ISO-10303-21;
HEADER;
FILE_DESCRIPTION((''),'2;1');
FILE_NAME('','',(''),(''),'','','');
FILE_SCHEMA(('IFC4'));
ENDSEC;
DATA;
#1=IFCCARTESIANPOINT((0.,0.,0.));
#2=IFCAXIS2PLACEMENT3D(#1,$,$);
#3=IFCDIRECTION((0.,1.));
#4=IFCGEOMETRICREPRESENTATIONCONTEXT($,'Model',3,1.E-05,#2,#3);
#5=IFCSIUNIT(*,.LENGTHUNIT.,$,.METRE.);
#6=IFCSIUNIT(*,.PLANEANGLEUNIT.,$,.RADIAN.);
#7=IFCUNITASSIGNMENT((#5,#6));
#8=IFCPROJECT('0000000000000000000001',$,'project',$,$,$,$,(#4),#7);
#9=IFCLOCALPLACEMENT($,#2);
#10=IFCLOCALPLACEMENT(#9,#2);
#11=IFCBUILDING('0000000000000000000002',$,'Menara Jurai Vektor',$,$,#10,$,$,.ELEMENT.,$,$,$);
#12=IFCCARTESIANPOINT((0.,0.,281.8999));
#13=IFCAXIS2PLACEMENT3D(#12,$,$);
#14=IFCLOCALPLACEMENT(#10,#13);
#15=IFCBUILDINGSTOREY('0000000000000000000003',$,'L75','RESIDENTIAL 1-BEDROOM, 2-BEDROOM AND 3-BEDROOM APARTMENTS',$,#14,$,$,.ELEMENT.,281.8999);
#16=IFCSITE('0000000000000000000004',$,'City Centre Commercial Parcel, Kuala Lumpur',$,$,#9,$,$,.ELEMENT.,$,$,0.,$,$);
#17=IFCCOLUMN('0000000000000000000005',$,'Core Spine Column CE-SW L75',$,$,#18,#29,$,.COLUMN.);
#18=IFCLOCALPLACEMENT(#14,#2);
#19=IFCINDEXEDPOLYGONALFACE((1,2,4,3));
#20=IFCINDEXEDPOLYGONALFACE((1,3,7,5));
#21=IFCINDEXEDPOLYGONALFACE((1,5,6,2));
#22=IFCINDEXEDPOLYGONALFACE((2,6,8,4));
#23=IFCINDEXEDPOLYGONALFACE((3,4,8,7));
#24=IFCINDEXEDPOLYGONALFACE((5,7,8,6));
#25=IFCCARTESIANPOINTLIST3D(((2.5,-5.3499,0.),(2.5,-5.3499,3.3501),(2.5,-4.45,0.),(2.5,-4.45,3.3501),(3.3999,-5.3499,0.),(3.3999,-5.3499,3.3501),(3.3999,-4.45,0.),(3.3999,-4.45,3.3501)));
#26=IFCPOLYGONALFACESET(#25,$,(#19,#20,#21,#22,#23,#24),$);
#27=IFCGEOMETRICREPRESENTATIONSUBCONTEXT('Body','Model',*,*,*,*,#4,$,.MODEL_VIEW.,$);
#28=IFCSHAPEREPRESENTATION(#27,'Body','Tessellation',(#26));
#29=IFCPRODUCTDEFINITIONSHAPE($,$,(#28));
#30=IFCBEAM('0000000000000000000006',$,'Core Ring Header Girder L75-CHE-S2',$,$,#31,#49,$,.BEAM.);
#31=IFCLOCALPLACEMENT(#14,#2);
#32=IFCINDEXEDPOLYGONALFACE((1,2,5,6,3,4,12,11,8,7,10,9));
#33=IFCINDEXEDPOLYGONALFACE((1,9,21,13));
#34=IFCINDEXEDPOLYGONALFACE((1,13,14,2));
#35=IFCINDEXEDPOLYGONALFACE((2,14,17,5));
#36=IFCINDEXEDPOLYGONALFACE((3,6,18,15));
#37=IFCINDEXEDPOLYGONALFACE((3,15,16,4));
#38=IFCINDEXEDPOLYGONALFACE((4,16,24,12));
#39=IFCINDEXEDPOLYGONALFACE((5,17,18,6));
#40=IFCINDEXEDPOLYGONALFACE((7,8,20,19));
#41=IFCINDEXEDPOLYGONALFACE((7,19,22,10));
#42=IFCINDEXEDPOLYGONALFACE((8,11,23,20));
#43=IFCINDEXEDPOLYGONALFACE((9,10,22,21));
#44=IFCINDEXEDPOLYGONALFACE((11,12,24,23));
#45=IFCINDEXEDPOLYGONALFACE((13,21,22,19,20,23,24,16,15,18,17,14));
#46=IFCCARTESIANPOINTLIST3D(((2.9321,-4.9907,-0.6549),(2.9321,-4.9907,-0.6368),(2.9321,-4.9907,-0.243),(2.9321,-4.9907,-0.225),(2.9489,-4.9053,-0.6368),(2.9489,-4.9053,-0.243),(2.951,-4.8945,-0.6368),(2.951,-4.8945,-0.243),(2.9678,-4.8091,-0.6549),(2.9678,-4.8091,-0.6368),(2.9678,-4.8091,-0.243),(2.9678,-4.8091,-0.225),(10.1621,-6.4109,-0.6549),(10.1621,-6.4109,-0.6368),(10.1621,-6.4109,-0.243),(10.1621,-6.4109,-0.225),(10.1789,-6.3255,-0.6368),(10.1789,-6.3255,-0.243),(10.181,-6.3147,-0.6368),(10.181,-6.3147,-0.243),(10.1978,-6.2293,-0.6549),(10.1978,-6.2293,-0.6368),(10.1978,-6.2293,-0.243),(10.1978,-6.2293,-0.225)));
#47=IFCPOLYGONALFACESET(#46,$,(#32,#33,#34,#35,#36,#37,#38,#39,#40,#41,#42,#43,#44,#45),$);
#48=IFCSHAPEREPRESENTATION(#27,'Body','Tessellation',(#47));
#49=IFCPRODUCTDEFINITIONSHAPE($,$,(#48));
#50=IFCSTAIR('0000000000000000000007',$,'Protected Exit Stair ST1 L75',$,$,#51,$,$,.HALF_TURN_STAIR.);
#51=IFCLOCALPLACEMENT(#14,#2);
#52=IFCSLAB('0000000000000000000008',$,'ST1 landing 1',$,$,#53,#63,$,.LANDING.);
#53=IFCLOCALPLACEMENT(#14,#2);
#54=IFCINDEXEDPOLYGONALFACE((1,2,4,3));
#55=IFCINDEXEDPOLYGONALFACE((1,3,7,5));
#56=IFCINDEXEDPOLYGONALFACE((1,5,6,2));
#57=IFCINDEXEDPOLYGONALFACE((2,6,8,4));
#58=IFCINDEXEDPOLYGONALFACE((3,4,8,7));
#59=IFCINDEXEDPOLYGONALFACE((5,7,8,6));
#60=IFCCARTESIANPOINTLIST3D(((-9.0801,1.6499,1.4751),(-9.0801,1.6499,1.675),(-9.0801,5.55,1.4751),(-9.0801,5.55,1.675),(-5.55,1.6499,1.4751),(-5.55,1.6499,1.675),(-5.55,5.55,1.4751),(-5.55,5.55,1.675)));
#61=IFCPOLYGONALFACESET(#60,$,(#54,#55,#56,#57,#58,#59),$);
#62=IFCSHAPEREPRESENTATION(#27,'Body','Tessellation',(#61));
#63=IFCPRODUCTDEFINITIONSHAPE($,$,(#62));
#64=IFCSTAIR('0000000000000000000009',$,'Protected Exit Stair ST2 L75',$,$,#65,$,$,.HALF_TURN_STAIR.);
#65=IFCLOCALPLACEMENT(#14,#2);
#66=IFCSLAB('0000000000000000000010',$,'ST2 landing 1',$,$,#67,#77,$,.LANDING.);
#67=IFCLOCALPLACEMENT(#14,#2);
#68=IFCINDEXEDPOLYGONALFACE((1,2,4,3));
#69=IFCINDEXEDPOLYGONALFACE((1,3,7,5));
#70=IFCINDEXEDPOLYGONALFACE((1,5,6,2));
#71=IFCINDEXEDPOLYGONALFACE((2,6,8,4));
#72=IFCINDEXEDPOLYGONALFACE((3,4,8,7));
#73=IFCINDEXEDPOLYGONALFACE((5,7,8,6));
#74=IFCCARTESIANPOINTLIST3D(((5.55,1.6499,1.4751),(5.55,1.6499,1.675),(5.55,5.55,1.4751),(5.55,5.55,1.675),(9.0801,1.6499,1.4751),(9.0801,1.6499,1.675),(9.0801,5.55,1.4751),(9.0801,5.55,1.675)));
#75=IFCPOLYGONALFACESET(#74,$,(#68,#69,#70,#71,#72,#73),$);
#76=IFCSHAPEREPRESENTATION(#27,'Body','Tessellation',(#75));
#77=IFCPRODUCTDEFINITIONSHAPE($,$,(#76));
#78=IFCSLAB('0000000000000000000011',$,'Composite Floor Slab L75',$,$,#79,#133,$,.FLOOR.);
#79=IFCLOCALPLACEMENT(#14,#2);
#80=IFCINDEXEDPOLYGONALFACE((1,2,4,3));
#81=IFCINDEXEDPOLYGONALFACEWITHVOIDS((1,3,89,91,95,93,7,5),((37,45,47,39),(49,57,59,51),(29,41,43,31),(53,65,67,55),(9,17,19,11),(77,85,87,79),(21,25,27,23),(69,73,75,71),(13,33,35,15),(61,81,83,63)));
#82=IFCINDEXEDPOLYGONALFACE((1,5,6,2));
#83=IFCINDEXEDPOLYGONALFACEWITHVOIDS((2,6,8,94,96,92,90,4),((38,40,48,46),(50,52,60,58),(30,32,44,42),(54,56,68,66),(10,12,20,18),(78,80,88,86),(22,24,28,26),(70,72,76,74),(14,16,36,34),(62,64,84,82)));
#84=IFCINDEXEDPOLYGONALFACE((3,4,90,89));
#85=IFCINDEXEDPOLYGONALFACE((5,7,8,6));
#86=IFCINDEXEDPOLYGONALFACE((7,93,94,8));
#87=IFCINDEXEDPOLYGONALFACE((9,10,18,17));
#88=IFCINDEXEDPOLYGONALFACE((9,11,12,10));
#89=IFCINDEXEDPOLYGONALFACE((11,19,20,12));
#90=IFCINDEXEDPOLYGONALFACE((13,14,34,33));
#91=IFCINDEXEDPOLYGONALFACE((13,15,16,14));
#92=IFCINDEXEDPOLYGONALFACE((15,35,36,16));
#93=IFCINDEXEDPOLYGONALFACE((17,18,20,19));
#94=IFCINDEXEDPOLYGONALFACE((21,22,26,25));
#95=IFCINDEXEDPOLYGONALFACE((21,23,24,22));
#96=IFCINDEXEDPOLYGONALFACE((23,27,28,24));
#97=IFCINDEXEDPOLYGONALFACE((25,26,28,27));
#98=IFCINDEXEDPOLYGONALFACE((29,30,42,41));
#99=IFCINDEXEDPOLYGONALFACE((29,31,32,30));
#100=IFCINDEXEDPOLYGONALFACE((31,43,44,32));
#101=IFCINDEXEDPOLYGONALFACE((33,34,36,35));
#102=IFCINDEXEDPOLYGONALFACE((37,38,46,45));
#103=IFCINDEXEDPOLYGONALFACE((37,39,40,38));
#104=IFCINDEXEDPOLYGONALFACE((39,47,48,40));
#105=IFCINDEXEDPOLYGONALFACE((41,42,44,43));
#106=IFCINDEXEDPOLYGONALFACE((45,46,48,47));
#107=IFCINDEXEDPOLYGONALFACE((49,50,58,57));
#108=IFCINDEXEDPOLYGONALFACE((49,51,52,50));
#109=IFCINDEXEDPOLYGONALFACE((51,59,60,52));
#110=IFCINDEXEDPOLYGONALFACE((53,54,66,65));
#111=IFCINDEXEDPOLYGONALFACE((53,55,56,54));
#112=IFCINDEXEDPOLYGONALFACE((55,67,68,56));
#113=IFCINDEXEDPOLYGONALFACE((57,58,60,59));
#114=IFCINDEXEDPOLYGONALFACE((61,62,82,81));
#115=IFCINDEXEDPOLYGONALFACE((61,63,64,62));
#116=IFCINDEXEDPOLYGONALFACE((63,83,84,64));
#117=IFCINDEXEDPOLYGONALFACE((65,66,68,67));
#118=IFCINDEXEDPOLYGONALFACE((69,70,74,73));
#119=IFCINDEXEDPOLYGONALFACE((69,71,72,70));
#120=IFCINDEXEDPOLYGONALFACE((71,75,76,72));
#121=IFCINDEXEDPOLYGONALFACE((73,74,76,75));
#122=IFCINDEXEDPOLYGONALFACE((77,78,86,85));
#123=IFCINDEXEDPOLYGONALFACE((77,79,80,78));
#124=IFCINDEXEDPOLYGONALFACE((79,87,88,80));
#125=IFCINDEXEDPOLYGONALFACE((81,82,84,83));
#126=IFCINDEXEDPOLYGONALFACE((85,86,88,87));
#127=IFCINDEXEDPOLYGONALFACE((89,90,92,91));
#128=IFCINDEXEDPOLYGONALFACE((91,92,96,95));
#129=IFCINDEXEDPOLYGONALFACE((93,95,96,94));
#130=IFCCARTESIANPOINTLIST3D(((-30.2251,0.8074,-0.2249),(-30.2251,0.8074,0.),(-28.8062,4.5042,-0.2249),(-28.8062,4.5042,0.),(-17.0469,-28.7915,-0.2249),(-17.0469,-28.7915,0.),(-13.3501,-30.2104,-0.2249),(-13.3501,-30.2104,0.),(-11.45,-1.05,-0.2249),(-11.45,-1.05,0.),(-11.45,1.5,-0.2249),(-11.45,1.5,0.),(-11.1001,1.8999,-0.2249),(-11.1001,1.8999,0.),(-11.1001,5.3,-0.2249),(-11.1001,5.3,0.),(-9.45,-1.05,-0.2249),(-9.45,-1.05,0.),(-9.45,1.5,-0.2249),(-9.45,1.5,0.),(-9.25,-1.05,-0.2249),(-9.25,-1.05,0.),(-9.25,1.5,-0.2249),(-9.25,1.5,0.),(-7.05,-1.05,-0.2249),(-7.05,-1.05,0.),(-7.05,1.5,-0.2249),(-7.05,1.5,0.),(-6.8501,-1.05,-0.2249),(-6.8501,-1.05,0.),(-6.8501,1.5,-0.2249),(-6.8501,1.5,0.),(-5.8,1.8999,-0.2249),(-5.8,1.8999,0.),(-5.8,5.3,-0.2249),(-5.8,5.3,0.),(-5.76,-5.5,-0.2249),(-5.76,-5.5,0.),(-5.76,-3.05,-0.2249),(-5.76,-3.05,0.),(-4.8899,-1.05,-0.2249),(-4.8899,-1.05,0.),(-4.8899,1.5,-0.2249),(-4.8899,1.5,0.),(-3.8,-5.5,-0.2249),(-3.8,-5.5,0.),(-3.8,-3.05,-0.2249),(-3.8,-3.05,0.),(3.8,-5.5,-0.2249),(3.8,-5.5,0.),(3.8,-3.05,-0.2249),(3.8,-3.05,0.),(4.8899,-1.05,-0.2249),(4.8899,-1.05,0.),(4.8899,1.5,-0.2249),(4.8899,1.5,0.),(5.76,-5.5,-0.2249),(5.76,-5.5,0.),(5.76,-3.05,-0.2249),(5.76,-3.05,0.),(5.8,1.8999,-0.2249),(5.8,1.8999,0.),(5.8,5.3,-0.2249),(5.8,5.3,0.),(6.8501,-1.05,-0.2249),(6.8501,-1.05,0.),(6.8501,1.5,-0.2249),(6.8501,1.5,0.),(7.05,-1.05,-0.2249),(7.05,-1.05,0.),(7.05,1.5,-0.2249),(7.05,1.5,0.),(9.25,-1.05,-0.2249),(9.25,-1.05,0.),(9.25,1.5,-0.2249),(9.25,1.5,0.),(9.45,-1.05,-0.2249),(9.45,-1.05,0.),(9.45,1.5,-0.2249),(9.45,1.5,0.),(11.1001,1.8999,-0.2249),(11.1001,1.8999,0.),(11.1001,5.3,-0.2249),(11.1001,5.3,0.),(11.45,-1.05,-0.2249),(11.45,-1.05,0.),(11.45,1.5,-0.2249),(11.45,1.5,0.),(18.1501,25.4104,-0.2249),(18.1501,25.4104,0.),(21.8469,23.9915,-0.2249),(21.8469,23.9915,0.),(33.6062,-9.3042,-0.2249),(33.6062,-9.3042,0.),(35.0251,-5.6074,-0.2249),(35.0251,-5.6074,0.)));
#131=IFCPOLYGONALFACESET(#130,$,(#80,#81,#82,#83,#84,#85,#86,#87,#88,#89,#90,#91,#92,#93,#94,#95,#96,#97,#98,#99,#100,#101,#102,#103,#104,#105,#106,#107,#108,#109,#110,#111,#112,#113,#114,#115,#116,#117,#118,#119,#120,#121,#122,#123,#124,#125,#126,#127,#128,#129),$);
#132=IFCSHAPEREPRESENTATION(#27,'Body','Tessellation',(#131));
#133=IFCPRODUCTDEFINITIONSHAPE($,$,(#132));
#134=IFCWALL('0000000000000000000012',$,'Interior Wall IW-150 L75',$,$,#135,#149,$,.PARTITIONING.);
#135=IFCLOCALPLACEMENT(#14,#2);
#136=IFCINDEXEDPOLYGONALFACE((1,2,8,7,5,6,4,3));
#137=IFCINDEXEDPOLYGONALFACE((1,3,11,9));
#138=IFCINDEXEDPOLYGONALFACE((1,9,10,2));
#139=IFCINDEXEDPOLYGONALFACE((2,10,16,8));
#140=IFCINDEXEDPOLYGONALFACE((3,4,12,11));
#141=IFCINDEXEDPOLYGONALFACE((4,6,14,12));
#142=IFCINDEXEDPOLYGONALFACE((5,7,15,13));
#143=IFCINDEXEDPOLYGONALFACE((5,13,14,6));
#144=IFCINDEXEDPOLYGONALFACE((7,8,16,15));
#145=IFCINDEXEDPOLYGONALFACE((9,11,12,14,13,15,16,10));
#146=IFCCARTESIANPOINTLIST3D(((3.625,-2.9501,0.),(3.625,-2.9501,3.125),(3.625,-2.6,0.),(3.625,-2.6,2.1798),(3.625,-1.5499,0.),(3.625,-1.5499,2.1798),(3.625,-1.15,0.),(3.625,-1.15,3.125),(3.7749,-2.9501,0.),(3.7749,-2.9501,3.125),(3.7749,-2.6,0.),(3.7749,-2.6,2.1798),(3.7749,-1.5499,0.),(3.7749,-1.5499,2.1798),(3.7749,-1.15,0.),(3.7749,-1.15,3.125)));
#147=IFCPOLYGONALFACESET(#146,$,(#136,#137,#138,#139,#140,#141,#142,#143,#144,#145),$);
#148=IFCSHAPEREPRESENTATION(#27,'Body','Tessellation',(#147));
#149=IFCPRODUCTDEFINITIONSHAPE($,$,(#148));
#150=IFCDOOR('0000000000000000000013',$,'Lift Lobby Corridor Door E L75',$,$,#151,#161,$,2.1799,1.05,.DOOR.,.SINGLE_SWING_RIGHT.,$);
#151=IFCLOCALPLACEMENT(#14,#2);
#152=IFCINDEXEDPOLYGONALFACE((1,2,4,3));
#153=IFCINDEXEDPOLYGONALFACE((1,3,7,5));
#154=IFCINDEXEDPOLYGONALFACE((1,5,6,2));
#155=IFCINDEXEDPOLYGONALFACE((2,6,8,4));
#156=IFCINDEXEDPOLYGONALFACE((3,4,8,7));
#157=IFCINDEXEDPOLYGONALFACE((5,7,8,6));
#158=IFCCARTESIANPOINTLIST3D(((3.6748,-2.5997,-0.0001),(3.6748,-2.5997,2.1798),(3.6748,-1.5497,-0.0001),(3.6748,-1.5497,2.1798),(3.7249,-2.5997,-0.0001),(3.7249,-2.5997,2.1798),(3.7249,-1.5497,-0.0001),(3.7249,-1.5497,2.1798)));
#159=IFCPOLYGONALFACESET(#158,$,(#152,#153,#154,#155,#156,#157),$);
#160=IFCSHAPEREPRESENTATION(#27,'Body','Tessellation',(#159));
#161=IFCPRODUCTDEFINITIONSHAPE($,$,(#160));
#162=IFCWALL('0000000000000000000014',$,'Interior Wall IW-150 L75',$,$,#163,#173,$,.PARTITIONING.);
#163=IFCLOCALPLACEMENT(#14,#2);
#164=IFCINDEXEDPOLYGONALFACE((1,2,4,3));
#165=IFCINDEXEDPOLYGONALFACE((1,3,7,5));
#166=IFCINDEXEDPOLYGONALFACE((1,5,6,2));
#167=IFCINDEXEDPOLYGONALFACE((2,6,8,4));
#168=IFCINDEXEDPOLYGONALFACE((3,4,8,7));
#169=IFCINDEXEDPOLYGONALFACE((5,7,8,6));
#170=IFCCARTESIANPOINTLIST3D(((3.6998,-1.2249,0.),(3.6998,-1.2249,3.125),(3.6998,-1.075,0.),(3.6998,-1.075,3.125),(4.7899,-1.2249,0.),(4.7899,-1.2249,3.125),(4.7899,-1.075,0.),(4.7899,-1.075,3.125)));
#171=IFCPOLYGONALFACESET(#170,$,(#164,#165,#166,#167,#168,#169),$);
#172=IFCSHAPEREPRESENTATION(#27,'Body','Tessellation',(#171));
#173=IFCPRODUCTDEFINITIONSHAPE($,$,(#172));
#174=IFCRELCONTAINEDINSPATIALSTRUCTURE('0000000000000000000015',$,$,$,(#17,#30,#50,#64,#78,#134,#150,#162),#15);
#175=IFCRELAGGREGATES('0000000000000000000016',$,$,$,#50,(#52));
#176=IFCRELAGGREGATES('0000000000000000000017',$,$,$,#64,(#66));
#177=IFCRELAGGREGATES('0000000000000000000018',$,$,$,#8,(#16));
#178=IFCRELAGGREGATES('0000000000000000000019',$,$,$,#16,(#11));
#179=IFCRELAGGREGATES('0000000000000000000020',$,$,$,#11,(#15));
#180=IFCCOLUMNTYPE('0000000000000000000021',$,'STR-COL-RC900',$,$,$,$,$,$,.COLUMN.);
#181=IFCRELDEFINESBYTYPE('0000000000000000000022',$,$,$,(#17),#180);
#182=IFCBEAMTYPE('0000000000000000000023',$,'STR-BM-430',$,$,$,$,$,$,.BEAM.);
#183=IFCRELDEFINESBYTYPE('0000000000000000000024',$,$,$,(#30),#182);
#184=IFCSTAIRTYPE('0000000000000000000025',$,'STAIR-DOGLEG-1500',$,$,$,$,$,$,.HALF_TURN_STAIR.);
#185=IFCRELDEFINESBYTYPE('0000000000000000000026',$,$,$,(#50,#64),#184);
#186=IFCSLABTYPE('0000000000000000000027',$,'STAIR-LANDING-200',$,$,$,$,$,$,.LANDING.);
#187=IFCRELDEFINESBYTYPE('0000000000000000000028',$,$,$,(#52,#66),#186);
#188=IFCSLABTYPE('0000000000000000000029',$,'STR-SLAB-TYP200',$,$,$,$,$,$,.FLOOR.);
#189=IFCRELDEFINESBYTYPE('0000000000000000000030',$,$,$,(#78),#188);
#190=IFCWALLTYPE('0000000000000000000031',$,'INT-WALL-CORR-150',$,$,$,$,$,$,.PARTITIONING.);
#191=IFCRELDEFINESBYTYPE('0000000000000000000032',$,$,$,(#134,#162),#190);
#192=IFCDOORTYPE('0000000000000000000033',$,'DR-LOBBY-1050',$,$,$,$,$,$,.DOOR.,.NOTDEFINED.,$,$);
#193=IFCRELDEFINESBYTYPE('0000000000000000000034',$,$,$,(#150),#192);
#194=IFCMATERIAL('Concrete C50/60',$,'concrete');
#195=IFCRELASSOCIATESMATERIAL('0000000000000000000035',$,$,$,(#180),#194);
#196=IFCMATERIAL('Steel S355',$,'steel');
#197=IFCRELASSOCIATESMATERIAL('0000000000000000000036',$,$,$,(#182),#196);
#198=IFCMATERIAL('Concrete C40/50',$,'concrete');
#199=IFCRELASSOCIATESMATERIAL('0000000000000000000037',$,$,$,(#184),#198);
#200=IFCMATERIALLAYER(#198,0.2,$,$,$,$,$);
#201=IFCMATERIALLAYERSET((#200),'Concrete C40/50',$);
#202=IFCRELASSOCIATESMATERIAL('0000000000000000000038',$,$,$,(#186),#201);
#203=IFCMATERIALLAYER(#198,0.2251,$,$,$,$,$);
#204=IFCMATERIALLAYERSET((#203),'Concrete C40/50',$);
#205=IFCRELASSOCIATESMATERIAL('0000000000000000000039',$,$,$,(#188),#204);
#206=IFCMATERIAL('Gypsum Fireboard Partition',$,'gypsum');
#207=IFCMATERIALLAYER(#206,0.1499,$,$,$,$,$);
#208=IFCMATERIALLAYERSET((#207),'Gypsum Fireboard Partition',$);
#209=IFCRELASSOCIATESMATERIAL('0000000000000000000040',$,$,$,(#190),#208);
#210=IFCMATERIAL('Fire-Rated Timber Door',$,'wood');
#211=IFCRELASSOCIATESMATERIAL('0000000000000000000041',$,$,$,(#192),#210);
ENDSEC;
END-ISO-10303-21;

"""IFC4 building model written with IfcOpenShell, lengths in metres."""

from ifc_helpers import new_model, si_unit, direction, frame, frame_2d, origin, origin_2d, place, context, subcontext, project, spatial, polyline, rectangle, i_section, outline, extrude, material, layer, layer_set, material_profile, profile_set, type_object, element, fill, aggregate, save


model = new_model("IFC4")

# Units and contexts
model_context = context("Model", 3, precision=1e-05, world=origin(), true_north=direction((0.0, 1.0)))
body_context = subcontext(model_context, "Body", "Model", "MODEL_VIEW")
ifc_project = project(units=[si_unit("LENGTHUNIT", "METRE"), si_unit("PLANEANGLEUNIT", "RADIAN")], contexts=[model_context])

# Site, building, storey
site_placement = place(None, origin())
site = spatial("IfcSite", under=ifc_project, at=site_placement, Name="City Centre Commercial Parcel, Kuala Lumpur", CompositionType="ELEMENT", RefElevation=0.0)
building_placement = place(site_placement, origin())
building = spatial("IfcBuilding", under=site, at=building_placement, Name="Menara Jurai Vektor", CompositionType="ELEMENT")
storey_placement = place(building_placement, frame((0.0, 0.0, 281.8999)))
storey = spatial("IfcBuildingStorey", under=building, at=storey_placement, Name="L75", Description="RESIDENTIAL 1-BEDROOM, 2-BEDROOM AND 3-BEDROOM APARTMENTS", CompositionType="ELEMENT", Elevation=281.8999)

# Column
ifc_material_1 = material(Name="Concrete C50/60", Category="concrete")
ifc_material_profile_1 = material_profile(ifc_material_1, rectangle(XDim=0.8999, YDim=0.8999, at=origin_2d()), Name="RC 900x900")
ifc_profile_set_1 = profile_set([ifc_material_profile_1], Name="Concrete C50/60")
column_type = type_object("IfcColumnType", Name="STR-COL-RC900", PredefinedType="COLUMN", material=ifc_profile_set_1)
column_placement = place(storey_placement, frame((2.95, -4.8999, 0.0), z_axis=(0.0, 0.0, 1.0), x_axis=(1.0, 0.0, 0.0)))
element("IfcColumn", 1, at=column_placement, inside=storey, type_object=column_type, Name="Core Spine Column CE-SW L75", PredefinedType="COLUMN", context=body_context, shape_type="SweptSolid", body=[
    extrude(rectangle(XDim=0.8999, YDim=0.8999, at=origin_2d()), origin(), (0.0, 0.0, 1.0), 3.3501),
])

# Beam
ifc_material_2 = material(Name="Steel S355", Category="steel")
ifc_material_profile_2 = material_profile(ifc_material_2, i_section(OverallWidth=0.1851, OverallDepth=0.4299, WebThickness=0.011, FlangeThickness=0.0181, at=origin_2d()), Name="PG 430x185x76")
ifc_profile_set_2 = profile_set([ifc_material_profile_2], Name="Steel S355")
beam_type = type_object("IfcBeamType", Name="STR-BM-430", PredefinedType="BEAM", material=ifc_profile_set_2)
beam_placement = place(storey_placement, frame((2.95, -4.8999, -0.4399), z_axis=(0.981249, -0.192744, 0.0), x_axis=(0.192744, 0.981249, 0.0)))
element("IfcBeam", 2, at=beam_placement, inside=storey, type_object=beam_type, Name="Core Ring Header Girder L75-CHE-S2", PredefinedType="BEAM", context=body_context, shape_type="SweptSolid", body=[
    extrude(i_section(OverallWidth=0.1851, OverallDepth=0.4299, WebThickness=0.011, FlangeThickness=0.0181, at=origin_2d()), origin(), (0.0, 0.0, 1.0), 7.3682),
])

# Stairs, slabs
ifc_material_3 = material(Name="Concrete C40/50", Category="concrete")
stair_type = type_object("IfcStairType", Name="STAIR-DOGLEG-1500", PredefinedType="HALF_TURN_STAIR", material=ifc_material_3)
stair_1_placement = place(storey_placement, origin())
stair_1 = element("IfcStair", 3, at=stair_1_placement, inside=storey, type_object=stair_type, Name="Protected Exit Stair ST1 L75", PredefinedType="HALF_TURN_STAIR")
ifc_layer_1 = layer(ifc_material_3, 0.2)
ifc_layer_set_1 = layer_set([ifc_layer_1], Name="Concrete C40/50")
slab_type_1 = type_object("IfcSlabType", Name="STAIR-LANDING-200", PredefinedType="LANDING", material=ifc_layer_set_1)
slab_1_placement = place(storey_placement, frame((0.0, 0.0, 1.4751)))
slab_1 = element("IfcSlab", 4, at=slab_1_placement, type_object=slab_type_1, Name="ST1 landing 1", PredefinedType="LANDING", context=body_context, shape_type="SweptSolid", body=[
    extrude(outline(polyline([(-9.0801, 1.6499), (-5.55, 1.6499), (-5.55, 5.55), (-9.0801, 5.55), (-9.0801, 1.6499)])), origin(), (0.0, 0.0, 1.0), 0.2),
])
aggregate(stair_1, [slab_1])
stair_2_placement = place(storey_placement, origin())
stair_2 = element("IfcStair", 5, at=stair_2_placement, inside=storey, type_object=stair_type, Name="Protected Exit Stair ST2 L75", PredefinedType="HALF_TURN_STAIR")
slab_2_placement = place(storey_placement, frame((0.0, 0.0, 1.4751)))
slab_2 = element("IfcSlab", 6, at=slab_2_placement, type_object=slab_type_1, Name="ST2 landing 1", PredefinedType="LANDING", context=body_context, shape_type="SweptSolid", body=[
    extrude(outline(polyline([(5.55, 1.6499), (9.0801, 1.6499), (9.0801, 5.55), (5.55, 5.55), (5.55, 1.6499)])), origin(), (0.0, 0.0, 1.0), 0.2),
])
aggregate(stair_2, [slab_2])

# Slab
ifc_layer_2 = layer(ifc_material_3, 0.2251)
ifc_layer_set_2 = layer_set([ifc_layer_2], Name="Concrete C40/50")
slab_type_2 = type_object("IfcSlabType", Name="STR-SLAB-TYP200", PredefinedType="FLOOR", material=ifc_layer_set_2)
slab_3_placement = place(storey_placement, frame((0.0, 0.0, -0.2249)))
element("IfcSlab", 7, at=slab_3_placement, inside=storey, type_object=slab_type_2, Name="Composite Floor Slab L75", PredefinedType="FLOOR", context=body_context, shape_type="SweptSolid", body=[
    extrude(outline(polyline([(-13.3501, -30.2104), (33.6062, -9.3042), (35.0251, -5.6074), (21.8469, 23.9915), (18.1501, 25.4104), (-28.8062, 4.5042), (-30.2251, 0.8074), (-17.0469, -28.7915), (-13.3501, -30.2104)]), holes=[polyline([(-11.1001, 1.8999), (-11.1001, 5.3), (-5.8, 5.3), (-5.8, 1.8999), (-11.1001, 1.8999)]), polyline([(5.8, 1.8999), (5.8, 5.3), (11.1001, 5.3), (11.1001, 1.8999), (5.8, 1.8999)]), polyline([(-11.45, -1.05), (-11.45, 1.5), (-9.45, 1.5), (-9.45, -1.05), (-11.45, -1.05)]), polyline([(9.45, -1.05), (9.45, 1.5), (11.45, 1.5), (11.45, -1.05), (9.45, -1.05)]), polyline([(-5.76, -5.5), (-5.76, -3.05), (-3.8, -3.05), (-3.8, -5.5), (-5.76, -5.5)]), polyline([(-6.8501, -1.05), (-6.8501, 1.5), (-4.8899, 1.5), (-4.8899, -1.05), (-6.8501, -1.05)]), polyline([(3.8, -5.5), (3.8, -3.05), (5.76, -3.05), (5.76, -5.5), (3.8, -5.5)]), polyline([(4.8899, -1.05), (4.8899, 1.5), (6.8501, 1.5), (6.8501, -1.05), (4.8899, -1.05)]), polyline([(-9.25, -1.05), (-9.25, 1.5), (-7.05, 1.5), (-7.05, -1.05), (-9.25, -1.05)]), polyline([(7.05, -1.05), (7.05, 1.5), (9.25, 1.5), (9.25, -1.05), (7.05, -1.05)])]), origin(), (0.0, 0.0, 1.0), 0.2249),
])

# Wall, opening, door
ifc_material_4 = material(Name="Gypsum Fireboard Partition", Category="gypsum")
ifc_layer_3 = layer(ifc_material_4, 0.1499)
ifc_layer_set_3 = layer_set([ifc_layer_3], Name="Gypsum Fireboard Partition")
wall_type_1 = type_object("IfcWallType", Name="INT-WALL-CORR-150", PredefinedType="PARTITIONING", material=ifc_layer_set_3)
wall_1_placement = place(storey_placement, frame((3.7, -2.95, 0.0), z_axis=(0.0, 0.0, 1.0), x_axis=(0.0, 1.0, 0.0)))
wall_1 = element("IfcWall", 8, at=wall_1_placement, inside=storey, type_object=wall_type_1, Name="Interior Wall IW-150 L75", PredefinedType="PARTITIONING", context=body_context, shape_type="SweptSolid", body=[
    extrude(rectangle(XDim=1.8, YDim=0.1499, at=frame_2d((0.8999, 0.0))), origin(), (0.0, 0.0, 1.0), 3.125),
])
opening_1_placement = place(wall_1_placement, frame((0.3501, 0.0, 0.0)))
opening_1 = element("IfcOpeningElement", 9, at=opening_1_placement, cuts=wall_1, PredefinedType="OPENING", context=body_context, shape_type="SweptSolid", body=[
    extrude(rectangle(XDim=1.05, YDim=2.1799, at=frame_2d((0.5249, 1.0898))), frame((0.0, 0.085, 0.0), z_axis=(0.0, -1.0, 0.0), x_axis=(1.0, 0.0, 0.0)), (0.0, 0.0, 1.0), 0.1699),
])
ifc_material_5 = material(Name="Fire-Rated Timber Door", Category="wood")
door_type_1 = type_object("IfcDoorType", Name="DR-LOBBY-1050", OperationType="NOTDEFINED", PredefinedType="DOOR", material=ifc_material_5)
door_1_placement = place(opening_1_placement, frame((1.05, 0.0, 0.0), z_axis=(0.0, 0.0, 1.0), x_axis=(-1.0, 0.0, 0.0)))
door_1 = element("IfcDoor", 10, at=door_1_placement, inside=storey, type_object=door_type_1, Name="Lift Lobby Corridor Door E L75", OperationType="SINGLE_SWING_RIGHT", OverallHeight=2.1799, OverallWidth=1.05, PredefinedType="DOOR", context=body_context, shape_type="SweptSolid", body=[
    extrude(rectangle(XDim=1.05, YDim=2.1799, at=frame_2d((0.5249, 1.0898))), frame((0.0, 0.0249, 0.0), z_axis=(0.0, -1.0, 0.0), x_axis=(1.0, 0.0, 0.0)), (0.0, 0.0, 1.0), 0.05),
])
fill(opening_1, door_1)

# Wall
wall_2_placement = place(storey_placement, frame((3.7, -1.1499, 0.0), z_axis=(0.0, 0.0, 1.0), x_axis=(1.0, 0.0, 0.0)))
element("IfcWall", 11, at=wall_2_placement, inside=storey, type_object=wall_type_1, Name="Interior Wall IW-150 L75", PredefinedType="PARTITIONING", context=body_context, shape_type="SweptSolid", body=[
    extrude(rectangle(XDim=1.0901, YDim=0.1499, at=frame_2d((0.5449, 0.0))), origin(), (0.0, 0.0, 1.0), 3.125),
])

save(model, "model.ifc")
